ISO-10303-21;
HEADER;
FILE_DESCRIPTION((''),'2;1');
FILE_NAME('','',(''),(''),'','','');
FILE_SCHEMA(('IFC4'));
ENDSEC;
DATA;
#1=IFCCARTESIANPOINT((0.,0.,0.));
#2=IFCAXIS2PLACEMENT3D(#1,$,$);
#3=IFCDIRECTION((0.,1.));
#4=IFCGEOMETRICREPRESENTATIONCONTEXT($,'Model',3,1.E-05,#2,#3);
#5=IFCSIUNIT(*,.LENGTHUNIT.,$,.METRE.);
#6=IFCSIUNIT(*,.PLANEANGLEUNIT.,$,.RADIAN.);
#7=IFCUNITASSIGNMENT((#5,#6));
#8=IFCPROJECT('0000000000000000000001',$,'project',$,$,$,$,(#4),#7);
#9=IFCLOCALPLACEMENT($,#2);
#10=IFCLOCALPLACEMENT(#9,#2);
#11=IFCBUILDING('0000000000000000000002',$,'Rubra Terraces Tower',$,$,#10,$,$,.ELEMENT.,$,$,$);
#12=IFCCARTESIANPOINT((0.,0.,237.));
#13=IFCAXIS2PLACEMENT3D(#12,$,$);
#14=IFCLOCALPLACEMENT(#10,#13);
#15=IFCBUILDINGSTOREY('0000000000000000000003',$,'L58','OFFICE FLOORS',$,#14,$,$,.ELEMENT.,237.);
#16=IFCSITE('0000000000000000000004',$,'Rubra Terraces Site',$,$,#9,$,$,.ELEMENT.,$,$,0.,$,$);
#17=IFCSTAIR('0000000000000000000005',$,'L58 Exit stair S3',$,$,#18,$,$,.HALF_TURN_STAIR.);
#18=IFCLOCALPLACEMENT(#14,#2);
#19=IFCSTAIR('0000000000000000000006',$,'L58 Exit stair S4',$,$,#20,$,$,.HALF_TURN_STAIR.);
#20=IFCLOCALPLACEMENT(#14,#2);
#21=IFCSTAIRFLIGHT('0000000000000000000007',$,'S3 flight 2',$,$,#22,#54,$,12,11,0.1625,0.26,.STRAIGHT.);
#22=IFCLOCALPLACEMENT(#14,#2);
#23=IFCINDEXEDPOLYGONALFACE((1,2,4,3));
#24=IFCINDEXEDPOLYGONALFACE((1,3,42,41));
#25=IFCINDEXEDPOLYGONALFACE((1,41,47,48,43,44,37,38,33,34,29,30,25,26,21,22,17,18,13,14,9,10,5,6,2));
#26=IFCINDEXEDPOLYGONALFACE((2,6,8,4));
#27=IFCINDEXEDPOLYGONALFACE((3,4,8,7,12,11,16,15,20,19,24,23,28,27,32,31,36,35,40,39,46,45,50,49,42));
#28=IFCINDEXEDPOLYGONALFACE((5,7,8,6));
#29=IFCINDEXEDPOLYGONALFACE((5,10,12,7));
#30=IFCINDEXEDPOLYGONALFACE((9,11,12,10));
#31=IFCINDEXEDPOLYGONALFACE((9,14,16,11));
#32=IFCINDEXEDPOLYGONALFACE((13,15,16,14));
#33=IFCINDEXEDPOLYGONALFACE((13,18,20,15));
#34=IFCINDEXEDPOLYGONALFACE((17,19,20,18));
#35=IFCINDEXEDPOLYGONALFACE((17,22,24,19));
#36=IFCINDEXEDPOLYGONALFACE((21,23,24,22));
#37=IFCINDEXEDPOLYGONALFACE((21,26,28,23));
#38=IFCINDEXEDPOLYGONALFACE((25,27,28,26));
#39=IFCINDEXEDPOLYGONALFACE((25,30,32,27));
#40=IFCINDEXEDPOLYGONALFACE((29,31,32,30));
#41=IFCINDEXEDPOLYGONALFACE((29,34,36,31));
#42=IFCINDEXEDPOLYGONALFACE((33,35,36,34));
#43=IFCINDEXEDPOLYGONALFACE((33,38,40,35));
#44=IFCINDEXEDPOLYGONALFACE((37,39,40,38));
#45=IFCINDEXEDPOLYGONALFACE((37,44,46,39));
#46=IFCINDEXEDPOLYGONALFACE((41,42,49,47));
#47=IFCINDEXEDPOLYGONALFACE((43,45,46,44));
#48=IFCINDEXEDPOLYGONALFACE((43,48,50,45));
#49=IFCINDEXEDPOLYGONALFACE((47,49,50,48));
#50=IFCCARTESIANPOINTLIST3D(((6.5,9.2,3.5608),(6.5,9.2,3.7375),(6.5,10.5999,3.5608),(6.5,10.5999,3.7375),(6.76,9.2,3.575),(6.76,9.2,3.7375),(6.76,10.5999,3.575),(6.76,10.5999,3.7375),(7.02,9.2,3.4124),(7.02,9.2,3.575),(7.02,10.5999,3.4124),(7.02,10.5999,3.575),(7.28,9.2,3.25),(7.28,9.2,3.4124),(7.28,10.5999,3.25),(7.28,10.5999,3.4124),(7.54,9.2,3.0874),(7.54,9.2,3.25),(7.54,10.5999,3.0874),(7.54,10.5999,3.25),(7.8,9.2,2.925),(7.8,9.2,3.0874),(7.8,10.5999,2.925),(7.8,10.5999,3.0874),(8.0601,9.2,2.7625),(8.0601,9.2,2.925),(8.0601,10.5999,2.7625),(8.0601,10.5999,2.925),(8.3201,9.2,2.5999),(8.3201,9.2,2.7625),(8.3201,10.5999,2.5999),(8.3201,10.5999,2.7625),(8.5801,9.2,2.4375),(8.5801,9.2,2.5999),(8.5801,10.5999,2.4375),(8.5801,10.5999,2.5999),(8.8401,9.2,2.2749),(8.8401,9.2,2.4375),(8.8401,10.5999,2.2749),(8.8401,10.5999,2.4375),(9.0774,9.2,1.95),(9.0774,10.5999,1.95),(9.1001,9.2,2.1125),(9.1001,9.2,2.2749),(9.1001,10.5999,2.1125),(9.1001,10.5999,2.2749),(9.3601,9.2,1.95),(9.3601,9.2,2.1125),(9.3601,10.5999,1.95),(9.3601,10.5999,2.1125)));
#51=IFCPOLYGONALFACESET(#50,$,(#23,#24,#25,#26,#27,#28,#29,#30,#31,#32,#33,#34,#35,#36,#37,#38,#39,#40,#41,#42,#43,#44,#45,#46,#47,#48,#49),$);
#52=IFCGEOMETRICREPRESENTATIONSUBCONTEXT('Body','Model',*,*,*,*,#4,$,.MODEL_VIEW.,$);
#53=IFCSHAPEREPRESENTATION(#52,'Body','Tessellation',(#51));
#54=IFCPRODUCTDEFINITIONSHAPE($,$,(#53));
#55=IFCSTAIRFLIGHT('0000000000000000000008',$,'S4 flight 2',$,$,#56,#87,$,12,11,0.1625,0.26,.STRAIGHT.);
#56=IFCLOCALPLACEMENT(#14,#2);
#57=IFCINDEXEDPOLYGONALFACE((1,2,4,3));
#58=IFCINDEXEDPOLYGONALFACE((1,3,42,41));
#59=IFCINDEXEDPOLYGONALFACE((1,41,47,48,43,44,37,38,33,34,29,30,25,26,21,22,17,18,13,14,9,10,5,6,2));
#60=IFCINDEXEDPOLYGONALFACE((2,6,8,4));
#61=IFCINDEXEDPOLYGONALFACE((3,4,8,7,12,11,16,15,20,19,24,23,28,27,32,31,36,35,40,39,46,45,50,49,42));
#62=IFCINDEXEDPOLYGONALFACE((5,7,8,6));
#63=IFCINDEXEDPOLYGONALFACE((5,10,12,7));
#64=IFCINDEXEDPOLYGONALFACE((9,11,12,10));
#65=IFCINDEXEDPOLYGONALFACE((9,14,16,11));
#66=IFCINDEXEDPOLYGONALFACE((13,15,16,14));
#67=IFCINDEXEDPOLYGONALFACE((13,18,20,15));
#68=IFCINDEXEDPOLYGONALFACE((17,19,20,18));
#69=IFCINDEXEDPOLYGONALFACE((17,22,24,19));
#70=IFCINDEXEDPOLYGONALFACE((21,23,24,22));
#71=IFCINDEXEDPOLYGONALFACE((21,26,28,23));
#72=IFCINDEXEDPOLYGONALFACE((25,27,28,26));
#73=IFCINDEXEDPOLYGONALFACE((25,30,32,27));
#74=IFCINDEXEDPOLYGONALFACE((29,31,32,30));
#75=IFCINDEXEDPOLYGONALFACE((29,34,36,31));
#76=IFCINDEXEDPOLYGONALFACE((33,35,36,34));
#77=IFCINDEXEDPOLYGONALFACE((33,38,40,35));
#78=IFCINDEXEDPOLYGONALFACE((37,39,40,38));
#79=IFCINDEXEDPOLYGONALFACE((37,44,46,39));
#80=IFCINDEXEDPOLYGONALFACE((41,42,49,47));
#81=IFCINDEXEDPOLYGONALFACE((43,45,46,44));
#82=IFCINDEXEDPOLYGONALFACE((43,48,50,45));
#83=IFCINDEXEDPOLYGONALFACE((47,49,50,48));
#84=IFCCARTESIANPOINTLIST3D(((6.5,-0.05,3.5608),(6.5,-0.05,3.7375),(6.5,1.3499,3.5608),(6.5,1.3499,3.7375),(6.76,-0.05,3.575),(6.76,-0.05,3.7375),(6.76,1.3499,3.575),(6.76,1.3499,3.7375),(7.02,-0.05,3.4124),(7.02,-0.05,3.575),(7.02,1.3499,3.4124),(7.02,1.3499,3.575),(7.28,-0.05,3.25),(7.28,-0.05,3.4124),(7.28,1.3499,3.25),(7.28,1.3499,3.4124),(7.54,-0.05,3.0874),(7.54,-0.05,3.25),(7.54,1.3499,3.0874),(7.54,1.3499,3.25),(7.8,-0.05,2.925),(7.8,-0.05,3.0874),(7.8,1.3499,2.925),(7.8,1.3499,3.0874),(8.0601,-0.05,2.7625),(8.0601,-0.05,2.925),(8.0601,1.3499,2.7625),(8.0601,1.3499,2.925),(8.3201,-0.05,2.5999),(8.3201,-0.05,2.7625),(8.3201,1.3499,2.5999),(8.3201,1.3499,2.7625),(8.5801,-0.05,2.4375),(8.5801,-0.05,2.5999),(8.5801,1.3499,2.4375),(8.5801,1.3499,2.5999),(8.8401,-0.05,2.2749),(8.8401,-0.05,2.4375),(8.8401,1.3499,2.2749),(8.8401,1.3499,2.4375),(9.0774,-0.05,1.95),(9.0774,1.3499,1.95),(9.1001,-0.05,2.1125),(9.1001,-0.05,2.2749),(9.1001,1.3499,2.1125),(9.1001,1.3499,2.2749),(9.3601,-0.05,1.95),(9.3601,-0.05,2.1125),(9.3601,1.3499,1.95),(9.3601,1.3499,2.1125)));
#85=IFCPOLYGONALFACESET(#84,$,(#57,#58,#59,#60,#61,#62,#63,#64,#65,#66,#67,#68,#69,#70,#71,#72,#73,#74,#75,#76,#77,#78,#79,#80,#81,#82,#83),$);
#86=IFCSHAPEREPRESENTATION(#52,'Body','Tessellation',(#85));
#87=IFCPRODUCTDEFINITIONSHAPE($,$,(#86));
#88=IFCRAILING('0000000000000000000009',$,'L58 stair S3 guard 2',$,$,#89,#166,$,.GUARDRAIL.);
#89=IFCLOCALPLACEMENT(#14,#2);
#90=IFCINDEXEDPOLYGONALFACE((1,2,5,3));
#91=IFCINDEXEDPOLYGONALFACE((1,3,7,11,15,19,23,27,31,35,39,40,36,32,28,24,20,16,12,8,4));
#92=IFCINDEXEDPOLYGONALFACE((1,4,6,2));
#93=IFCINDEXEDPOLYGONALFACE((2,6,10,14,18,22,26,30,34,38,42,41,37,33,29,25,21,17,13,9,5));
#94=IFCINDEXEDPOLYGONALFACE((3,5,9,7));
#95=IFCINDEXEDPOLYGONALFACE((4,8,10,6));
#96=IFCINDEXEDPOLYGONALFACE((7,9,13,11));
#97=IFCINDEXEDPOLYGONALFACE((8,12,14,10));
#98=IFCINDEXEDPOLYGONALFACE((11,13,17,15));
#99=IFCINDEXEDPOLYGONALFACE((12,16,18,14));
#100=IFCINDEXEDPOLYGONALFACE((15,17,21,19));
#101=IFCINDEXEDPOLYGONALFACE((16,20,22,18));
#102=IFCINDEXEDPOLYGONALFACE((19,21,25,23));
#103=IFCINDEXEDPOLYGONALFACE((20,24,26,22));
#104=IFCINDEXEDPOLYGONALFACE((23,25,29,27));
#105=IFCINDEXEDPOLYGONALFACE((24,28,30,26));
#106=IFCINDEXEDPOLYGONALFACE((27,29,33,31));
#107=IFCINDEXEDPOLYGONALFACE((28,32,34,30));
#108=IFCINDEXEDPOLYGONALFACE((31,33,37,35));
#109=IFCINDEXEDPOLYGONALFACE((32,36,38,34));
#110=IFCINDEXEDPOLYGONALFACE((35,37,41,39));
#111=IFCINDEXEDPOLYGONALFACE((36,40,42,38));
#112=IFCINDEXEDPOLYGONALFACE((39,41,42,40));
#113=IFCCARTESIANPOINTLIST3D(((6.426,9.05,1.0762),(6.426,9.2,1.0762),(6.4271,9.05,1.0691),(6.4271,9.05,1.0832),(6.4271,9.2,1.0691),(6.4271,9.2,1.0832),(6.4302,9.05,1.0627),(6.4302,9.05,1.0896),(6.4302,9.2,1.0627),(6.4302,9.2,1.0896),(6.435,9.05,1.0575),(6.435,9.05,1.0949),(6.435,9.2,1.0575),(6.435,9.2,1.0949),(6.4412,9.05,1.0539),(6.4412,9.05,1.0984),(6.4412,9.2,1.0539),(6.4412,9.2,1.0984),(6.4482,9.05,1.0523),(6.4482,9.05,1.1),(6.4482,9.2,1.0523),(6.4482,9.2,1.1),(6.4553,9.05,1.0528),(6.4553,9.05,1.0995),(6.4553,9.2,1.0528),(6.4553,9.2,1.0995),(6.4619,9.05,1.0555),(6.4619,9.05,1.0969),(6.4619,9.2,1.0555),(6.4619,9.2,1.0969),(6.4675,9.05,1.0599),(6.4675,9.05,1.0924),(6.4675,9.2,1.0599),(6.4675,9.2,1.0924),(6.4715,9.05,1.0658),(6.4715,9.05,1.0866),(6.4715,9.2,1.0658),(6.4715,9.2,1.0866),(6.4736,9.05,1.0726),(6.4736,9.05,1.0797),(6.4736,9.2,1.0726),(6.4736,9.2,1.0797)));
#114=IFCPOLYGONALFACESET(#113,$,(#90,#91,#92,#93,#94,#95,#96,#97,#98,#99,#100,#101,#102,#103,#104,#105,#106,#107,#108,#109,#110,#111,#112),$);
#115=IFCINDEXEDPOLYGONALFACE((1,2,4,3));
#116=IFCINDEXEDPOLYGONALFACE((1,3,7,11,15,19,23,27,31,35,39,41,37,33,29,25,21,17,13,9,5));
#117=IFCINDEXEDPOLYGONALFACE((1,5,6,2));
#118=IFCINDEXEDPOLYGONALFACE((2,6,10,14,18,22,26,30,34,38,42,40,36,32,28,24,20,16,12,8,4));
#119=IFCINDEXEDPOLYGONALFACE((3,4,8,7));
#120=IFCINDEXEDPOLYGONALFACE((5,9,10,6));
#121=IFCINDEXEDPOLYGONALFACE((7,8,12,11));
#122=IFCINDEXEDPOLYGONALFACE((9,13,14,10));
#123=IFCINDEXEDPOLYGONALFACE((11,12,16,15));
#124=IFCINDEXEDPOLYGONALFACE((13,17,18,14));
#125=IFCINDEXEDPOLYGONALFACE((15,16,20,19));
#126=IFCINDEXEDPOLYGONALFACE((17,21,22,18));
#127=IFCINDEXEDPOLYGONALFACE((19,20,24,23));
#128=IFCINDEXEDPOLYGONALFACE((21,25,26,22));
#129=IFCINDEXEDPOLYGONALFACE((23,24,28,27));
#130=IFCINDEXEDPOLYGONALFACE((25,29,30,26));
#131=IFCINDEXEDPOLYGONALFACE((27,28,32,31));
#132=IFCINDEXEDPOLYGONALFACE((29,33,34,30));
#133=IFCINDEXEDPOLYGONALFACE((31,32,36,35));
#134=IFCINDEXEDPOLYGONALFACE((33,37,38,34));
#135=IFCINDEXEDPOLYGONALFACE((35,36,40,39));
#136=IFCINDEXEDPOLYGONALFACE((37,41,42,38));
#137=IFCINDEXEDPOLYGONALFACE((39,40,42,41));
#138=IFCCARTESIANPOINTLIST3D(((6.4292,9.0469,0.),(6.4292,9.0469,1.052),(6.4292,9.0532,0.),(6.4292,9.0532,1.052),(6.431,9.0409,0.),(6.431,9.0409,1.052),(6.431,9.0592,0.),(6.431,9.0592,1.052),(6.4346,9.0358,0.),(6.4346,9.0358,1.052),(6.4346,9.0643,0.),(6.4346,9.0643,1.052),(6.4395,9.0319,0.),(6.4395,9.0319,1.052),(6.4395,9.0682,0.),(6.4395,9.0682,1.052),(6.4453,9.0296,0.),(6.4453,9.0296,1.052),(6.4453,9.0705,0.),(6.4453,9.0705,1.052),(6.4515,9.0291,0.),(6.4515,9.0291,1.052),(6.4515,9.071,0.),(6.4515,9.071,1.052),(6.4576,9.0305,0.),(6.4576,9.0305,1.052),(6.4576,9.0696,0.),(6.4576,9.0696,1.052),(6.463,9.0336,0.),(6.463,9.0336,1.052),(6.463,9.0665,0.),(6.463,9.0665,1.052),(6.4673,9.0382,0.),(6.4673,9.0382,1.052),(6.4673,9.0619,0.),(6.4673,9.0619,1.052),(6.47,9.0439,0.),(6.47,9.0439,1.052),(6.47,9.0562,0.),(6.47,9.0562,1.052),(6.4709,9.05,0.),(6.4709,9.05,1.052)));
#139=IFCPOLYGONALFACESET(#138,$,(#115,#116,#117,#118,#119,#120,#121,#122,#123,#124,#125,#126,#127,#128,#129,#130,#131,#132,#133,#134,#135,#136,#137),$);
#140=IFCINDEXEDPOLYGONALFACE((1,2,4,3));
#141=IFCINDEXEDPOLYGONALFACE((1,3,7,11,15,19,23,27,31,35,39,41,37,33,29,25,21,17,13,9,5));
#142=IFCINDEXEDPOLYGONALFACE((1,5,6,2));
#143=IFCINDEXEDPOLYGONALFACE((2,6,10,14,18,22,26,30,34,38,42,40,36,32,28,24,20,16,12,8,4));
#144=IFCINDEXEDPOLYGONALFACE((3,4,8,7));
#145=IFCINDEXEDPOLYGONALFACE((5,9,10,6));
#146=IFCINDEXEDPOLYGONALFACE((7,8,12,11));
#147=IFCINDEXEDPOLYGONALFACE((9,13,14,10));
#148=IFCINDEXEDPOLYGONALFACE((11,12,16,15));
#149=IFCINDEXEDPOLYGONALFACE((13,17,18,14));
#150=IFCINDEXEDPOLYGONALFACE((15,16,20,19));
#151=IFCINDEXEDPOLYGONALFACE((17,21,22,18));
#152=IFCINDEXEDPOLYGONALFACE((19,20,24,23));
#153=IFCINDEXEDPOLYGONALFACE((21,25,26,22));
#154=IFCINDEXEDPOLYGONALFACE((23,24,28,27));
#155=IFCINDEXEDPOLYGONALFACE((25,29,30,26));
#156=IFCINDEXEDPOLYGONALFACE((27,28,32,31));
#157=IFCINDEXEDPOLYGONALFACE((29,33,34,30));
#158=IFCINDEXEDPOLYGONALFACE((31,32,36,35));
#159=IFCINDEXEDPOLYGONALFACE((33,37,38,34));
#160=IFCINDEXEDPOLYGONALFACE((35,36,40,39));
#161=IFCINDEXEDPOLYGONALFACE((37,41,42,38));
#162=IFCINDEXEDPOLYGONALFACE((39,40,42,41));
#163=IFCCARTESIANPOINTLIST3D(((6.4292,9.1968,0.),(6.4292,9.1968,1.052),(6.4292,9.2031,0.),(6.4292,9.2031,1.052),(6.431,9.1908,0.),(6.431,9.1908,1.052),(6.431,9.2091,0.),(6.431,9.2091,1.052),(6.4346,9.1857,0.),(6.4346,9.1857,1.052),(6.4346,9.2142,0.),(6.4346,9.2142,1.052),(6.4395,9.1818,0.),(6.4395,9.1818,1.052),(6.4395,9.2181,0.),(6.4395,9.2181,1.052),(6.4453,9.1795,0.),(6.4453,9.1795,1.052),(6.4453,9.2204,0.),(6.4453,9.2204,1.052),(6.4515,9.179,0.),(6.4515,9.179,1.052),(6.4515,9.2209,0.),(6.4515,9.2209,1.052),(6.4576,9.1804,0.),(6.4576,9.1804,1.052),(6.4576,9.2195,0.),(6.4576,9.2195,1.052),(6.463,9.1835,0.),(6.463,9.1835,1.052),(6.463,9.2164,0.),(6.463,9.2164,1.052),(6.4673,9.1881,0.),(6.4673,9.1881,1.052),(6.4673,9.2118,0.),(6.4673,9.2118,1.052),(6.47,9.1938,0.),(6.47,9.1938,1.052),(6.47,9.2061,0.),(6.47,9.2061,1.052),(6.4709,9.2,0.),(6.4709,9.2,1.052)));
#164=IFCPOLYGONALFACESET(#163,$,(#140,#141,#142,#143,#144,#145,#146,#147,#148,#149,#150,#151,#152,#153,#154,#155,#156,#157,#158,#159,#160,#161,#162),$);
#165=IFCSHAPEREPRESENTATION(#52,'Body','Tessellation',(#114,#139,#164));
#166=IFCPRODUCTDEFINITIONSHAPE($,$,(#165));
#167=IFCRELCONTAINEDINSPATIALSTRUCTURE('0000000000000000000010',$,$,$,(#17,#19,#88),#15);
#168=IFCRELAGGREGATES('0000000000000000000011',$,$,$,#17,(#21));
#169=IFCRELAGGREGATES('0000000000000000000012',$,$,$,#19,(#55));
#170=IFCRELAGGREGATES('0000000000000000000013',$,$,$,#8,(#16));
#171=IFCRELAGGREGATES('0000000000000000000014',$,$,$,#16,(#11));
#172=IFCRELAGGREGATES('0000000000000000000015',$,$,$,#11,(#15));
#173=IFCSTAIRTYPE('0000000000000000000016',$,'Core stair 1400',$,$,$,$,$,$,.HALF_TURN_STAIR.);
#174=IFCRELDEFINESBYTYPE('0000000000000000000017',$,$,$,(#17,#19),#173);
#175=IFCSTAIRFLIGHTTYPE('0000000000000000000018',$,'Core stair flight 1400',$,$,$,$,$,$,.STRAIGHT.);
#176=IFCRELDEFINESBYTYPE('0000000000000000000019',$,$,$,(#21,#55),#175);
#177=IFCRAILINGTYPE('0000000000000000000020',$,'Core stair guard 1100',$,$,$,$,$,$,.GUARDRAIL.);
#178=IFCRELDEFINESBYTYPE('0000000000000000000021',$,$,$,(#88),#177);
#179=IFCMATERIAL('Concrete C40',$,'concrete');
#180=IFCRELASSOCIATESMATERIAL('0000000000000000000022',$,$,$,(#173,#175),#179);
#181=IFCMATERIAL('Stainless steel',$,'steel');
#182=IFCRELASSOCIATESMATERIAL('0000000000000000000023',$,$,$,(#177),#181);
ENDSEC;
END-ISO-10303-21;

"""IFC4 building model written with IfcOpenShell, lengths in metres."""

from ifc_helpers import new_model, si_unit, direction, frame, origin, origin_2d, place, context, subcontext, project, spatial, polyline, circle, outline, extrude, material, type_object, element, aggregate, save


model = new_model("IFC4")

# Units and contexts
model_context = context("Model", 3, precision=1e-05, world=origin(), true_north=direction((0.0, 1.0)))
body_context = subcontext(model_context, "Body", "Model", "MODEL_VIEW")
ifc_project = project(units=[si_unit("LENGTHUNIT", "METRE"), si_unit("PLANEANGLEUNIT", "RADIAN")], contexts=[model_context])

# Site, building, storey
site_placement = place(None, origin())
site = spatial("IfcSite", under=ifc_project, at=site_placement, Name="Rubra Terraces Site", CompositionType="ELEMENT", RefElevation=0.0)
building_placement = place(site_placement, origin())
building = spatial("IfcBuilding", under=site, at=building_placement, Name="Rubra Terraces Tower", CompositionType="ELEMENT")
storey_placement = place(building_placement, frame((0.0, 0.0, 237.0)))
storey = spatial("IfcBuildingStorey", under=building, at=storey_placement, Name="L58", Description="OFFICE FLOORS", CompositionType="ELEMENT", Elevation=237.0)

# Stairs
ifc_material_1 = material(Name="Concrete C40", Category="concrete")
stair_type = type_object("IfcStairType", Name="Core stair 1400", PredefinedType="HALF_TURN_STAIR", material=ifc_material_1)
stair_1_placement = place(storey_placement, origin())
stair_1 = element("IfcStair", 1, at=stair_1_placement, inside=storey, type_object=stair_type, Name="L58 Exit stair S3", PredefinedType="HALF_TURN_STAIR")
stair_2_placement = place(storey_placement, origin())
stair_2 = element("IfcStair", 2, at=stair_2_placement, inside=storey, type_object=stair_type, Name="L58 Exit stair S4", PredefinedType="HALF_TURN_STAIR")

# Shared definitions
ifc_material_2 = material(Name="Stainless steel", Category="steel")

# Stair flights
stair_flight_type = type_object("IfcStairFlightType", Name="Core stair flight 1400", PredefinedType="STRAIGHT", material=ifc_material_1)
stair_flight_1_placement = place(storey_placement, frame((9.3601, 9.8999, 1.95), z_axis=(0.0, 0.0, 1.0), x_axis=(-1.0, 0.0, 0.0)))
stair_flight_1 = element("IfcStairFlight", 3, at=stair_flight_1_placement, type_object=stair_flight_type, Name="S3 flight 2", NumberOfRisers=12, NumberOfTreads=11, PredefinedType="STRAIGHT", RiserHeight=0.1625, TreadLength=0.26, context=body_context, shape_type="SweptSolid", body=[
    extrude(outline(polyline([(0.0, 0.0), (0.0, 0.1626), (0.26, 0.1626), (0.26, 0.325), (0.52, 0.325), (0.52, 0.4875), (0.78, 0.4875), (0.78, 0.6499), (1.04, 0.6499), (1.04, 0.8125), (1.3, 0.8125), (1.3, 0.9751), (1.5601, 0.9751), (1.5601, 1.1375), (1.8201, 1.1375), (1.8201, 1.3), (2.0801, 1.3), (2.0801, 1.4624), (2.3401, 1.4624), (2.3401, 1.625), (2.6001, 1.625), (2.6001, 1.7876), (2.8601, 1.7876), (2.8601, 1.95), (2.8601, 1.6108), (0.2827, 0.0), (0.0, 0.0)])), frame((0.0, 0.7, 0.0), z_axis=(0.0, -1.0, 0.0), x_axis=(1.0, 0.0, 0.0)), (0.0, 0.0, 1.0), 1.3999),
])
aggregate(stair_1, [stair_flight_1])
stair_flight_2_placement = place(storey_placement, frame((9.3601, 0.6499, 1.95), z_axis=(0.0, 0.0, 1.0), x_axis=(-1.0, 0.0, 0.0)))
stair_flight_2 = element("IfcStairFlight", 4, at=stair_flight_2_placement, type_object=stair_flight_type, Name="S4 flight 2", NumberOfRisers=12, NumberOfTreads=11, PredefinedType="STRAIGHT", RiserHeight=0.1625, TreadLength=0.26, context=body_context, shape_type="SweptSolid", body=[
    extrude(outline(polyline([(0.0, 0.0), (0.0, 0.1626), (0.26, 0.1626), (0.26, 0.325), (0.52, 0.325), (0.52, 0.4875), (0.78, 0.4875), (0.78, 0.6499), (1.04, 0.6499), (1.04, 0.8125), (1.3, 0.8125), (1.3, 0.9751), (1.5601, 0.9751), (1.5601, 1.1375), (1.8201, 1.1375), (1.8201, 1.3), (2.0801, 1.3), (2.0801, 1.4624), (2.3401, 1.4624), (2.3401, 1.625), (2.6001, 1.625), (2.6001, 1.7876), (2.8601, 1.7876), (2.8601, 1.95), (2.8601, 1.6108), (0.2827, 0.0), (0.0, 0.0)])), frame((0.0, 0.7, 0.0), z_axis=(0.0, -1.0, 0.0), x_axis=(1.0, 0.0, 0.0)), (0.0, 0.0, 1.0), 1.3999),
])
aggregate(stair_2, [stair_flight_2])

# Railing
railing_type_1 = type_object("IfcRailingType", Name="Core stair guard 1100", PredefinedType="GUARDRAIL", material=ifc_material_2)
railing_1_placement = place(storey_placement, frame((6.45, 9.05, 0.0)))
element("IfcRailing", 5, at=railing_1_placement, inside=storey, type_object=railing_type_1, Name="L58 stair S3 guard 2", PredefinedType="GUARDRAIL", context=body_context, shape_type="SweptSolid", body=[
    extrude(circle(Radius=0.0239, at=origin_2d()), frame((0.0, 0.0, 1.0762), z_axis=(0.0, 1.0, 0.0), x_axis=(-1.0, 0.0, 0.0)), (0.0, 0.0, 1.0), 0.1499),
    extrude(circle(Radius=0.021, at=origin_2d()), origin(), (0.0, 0.0, 1.0), 1.052),
    extrude(circle(Radius=0.021, at=origin_2d()), frame((0.0, 0.1499, 0.0)), (0.0, 0.0, 1.0), 1.052),
])

save(model, "model.ifc")
